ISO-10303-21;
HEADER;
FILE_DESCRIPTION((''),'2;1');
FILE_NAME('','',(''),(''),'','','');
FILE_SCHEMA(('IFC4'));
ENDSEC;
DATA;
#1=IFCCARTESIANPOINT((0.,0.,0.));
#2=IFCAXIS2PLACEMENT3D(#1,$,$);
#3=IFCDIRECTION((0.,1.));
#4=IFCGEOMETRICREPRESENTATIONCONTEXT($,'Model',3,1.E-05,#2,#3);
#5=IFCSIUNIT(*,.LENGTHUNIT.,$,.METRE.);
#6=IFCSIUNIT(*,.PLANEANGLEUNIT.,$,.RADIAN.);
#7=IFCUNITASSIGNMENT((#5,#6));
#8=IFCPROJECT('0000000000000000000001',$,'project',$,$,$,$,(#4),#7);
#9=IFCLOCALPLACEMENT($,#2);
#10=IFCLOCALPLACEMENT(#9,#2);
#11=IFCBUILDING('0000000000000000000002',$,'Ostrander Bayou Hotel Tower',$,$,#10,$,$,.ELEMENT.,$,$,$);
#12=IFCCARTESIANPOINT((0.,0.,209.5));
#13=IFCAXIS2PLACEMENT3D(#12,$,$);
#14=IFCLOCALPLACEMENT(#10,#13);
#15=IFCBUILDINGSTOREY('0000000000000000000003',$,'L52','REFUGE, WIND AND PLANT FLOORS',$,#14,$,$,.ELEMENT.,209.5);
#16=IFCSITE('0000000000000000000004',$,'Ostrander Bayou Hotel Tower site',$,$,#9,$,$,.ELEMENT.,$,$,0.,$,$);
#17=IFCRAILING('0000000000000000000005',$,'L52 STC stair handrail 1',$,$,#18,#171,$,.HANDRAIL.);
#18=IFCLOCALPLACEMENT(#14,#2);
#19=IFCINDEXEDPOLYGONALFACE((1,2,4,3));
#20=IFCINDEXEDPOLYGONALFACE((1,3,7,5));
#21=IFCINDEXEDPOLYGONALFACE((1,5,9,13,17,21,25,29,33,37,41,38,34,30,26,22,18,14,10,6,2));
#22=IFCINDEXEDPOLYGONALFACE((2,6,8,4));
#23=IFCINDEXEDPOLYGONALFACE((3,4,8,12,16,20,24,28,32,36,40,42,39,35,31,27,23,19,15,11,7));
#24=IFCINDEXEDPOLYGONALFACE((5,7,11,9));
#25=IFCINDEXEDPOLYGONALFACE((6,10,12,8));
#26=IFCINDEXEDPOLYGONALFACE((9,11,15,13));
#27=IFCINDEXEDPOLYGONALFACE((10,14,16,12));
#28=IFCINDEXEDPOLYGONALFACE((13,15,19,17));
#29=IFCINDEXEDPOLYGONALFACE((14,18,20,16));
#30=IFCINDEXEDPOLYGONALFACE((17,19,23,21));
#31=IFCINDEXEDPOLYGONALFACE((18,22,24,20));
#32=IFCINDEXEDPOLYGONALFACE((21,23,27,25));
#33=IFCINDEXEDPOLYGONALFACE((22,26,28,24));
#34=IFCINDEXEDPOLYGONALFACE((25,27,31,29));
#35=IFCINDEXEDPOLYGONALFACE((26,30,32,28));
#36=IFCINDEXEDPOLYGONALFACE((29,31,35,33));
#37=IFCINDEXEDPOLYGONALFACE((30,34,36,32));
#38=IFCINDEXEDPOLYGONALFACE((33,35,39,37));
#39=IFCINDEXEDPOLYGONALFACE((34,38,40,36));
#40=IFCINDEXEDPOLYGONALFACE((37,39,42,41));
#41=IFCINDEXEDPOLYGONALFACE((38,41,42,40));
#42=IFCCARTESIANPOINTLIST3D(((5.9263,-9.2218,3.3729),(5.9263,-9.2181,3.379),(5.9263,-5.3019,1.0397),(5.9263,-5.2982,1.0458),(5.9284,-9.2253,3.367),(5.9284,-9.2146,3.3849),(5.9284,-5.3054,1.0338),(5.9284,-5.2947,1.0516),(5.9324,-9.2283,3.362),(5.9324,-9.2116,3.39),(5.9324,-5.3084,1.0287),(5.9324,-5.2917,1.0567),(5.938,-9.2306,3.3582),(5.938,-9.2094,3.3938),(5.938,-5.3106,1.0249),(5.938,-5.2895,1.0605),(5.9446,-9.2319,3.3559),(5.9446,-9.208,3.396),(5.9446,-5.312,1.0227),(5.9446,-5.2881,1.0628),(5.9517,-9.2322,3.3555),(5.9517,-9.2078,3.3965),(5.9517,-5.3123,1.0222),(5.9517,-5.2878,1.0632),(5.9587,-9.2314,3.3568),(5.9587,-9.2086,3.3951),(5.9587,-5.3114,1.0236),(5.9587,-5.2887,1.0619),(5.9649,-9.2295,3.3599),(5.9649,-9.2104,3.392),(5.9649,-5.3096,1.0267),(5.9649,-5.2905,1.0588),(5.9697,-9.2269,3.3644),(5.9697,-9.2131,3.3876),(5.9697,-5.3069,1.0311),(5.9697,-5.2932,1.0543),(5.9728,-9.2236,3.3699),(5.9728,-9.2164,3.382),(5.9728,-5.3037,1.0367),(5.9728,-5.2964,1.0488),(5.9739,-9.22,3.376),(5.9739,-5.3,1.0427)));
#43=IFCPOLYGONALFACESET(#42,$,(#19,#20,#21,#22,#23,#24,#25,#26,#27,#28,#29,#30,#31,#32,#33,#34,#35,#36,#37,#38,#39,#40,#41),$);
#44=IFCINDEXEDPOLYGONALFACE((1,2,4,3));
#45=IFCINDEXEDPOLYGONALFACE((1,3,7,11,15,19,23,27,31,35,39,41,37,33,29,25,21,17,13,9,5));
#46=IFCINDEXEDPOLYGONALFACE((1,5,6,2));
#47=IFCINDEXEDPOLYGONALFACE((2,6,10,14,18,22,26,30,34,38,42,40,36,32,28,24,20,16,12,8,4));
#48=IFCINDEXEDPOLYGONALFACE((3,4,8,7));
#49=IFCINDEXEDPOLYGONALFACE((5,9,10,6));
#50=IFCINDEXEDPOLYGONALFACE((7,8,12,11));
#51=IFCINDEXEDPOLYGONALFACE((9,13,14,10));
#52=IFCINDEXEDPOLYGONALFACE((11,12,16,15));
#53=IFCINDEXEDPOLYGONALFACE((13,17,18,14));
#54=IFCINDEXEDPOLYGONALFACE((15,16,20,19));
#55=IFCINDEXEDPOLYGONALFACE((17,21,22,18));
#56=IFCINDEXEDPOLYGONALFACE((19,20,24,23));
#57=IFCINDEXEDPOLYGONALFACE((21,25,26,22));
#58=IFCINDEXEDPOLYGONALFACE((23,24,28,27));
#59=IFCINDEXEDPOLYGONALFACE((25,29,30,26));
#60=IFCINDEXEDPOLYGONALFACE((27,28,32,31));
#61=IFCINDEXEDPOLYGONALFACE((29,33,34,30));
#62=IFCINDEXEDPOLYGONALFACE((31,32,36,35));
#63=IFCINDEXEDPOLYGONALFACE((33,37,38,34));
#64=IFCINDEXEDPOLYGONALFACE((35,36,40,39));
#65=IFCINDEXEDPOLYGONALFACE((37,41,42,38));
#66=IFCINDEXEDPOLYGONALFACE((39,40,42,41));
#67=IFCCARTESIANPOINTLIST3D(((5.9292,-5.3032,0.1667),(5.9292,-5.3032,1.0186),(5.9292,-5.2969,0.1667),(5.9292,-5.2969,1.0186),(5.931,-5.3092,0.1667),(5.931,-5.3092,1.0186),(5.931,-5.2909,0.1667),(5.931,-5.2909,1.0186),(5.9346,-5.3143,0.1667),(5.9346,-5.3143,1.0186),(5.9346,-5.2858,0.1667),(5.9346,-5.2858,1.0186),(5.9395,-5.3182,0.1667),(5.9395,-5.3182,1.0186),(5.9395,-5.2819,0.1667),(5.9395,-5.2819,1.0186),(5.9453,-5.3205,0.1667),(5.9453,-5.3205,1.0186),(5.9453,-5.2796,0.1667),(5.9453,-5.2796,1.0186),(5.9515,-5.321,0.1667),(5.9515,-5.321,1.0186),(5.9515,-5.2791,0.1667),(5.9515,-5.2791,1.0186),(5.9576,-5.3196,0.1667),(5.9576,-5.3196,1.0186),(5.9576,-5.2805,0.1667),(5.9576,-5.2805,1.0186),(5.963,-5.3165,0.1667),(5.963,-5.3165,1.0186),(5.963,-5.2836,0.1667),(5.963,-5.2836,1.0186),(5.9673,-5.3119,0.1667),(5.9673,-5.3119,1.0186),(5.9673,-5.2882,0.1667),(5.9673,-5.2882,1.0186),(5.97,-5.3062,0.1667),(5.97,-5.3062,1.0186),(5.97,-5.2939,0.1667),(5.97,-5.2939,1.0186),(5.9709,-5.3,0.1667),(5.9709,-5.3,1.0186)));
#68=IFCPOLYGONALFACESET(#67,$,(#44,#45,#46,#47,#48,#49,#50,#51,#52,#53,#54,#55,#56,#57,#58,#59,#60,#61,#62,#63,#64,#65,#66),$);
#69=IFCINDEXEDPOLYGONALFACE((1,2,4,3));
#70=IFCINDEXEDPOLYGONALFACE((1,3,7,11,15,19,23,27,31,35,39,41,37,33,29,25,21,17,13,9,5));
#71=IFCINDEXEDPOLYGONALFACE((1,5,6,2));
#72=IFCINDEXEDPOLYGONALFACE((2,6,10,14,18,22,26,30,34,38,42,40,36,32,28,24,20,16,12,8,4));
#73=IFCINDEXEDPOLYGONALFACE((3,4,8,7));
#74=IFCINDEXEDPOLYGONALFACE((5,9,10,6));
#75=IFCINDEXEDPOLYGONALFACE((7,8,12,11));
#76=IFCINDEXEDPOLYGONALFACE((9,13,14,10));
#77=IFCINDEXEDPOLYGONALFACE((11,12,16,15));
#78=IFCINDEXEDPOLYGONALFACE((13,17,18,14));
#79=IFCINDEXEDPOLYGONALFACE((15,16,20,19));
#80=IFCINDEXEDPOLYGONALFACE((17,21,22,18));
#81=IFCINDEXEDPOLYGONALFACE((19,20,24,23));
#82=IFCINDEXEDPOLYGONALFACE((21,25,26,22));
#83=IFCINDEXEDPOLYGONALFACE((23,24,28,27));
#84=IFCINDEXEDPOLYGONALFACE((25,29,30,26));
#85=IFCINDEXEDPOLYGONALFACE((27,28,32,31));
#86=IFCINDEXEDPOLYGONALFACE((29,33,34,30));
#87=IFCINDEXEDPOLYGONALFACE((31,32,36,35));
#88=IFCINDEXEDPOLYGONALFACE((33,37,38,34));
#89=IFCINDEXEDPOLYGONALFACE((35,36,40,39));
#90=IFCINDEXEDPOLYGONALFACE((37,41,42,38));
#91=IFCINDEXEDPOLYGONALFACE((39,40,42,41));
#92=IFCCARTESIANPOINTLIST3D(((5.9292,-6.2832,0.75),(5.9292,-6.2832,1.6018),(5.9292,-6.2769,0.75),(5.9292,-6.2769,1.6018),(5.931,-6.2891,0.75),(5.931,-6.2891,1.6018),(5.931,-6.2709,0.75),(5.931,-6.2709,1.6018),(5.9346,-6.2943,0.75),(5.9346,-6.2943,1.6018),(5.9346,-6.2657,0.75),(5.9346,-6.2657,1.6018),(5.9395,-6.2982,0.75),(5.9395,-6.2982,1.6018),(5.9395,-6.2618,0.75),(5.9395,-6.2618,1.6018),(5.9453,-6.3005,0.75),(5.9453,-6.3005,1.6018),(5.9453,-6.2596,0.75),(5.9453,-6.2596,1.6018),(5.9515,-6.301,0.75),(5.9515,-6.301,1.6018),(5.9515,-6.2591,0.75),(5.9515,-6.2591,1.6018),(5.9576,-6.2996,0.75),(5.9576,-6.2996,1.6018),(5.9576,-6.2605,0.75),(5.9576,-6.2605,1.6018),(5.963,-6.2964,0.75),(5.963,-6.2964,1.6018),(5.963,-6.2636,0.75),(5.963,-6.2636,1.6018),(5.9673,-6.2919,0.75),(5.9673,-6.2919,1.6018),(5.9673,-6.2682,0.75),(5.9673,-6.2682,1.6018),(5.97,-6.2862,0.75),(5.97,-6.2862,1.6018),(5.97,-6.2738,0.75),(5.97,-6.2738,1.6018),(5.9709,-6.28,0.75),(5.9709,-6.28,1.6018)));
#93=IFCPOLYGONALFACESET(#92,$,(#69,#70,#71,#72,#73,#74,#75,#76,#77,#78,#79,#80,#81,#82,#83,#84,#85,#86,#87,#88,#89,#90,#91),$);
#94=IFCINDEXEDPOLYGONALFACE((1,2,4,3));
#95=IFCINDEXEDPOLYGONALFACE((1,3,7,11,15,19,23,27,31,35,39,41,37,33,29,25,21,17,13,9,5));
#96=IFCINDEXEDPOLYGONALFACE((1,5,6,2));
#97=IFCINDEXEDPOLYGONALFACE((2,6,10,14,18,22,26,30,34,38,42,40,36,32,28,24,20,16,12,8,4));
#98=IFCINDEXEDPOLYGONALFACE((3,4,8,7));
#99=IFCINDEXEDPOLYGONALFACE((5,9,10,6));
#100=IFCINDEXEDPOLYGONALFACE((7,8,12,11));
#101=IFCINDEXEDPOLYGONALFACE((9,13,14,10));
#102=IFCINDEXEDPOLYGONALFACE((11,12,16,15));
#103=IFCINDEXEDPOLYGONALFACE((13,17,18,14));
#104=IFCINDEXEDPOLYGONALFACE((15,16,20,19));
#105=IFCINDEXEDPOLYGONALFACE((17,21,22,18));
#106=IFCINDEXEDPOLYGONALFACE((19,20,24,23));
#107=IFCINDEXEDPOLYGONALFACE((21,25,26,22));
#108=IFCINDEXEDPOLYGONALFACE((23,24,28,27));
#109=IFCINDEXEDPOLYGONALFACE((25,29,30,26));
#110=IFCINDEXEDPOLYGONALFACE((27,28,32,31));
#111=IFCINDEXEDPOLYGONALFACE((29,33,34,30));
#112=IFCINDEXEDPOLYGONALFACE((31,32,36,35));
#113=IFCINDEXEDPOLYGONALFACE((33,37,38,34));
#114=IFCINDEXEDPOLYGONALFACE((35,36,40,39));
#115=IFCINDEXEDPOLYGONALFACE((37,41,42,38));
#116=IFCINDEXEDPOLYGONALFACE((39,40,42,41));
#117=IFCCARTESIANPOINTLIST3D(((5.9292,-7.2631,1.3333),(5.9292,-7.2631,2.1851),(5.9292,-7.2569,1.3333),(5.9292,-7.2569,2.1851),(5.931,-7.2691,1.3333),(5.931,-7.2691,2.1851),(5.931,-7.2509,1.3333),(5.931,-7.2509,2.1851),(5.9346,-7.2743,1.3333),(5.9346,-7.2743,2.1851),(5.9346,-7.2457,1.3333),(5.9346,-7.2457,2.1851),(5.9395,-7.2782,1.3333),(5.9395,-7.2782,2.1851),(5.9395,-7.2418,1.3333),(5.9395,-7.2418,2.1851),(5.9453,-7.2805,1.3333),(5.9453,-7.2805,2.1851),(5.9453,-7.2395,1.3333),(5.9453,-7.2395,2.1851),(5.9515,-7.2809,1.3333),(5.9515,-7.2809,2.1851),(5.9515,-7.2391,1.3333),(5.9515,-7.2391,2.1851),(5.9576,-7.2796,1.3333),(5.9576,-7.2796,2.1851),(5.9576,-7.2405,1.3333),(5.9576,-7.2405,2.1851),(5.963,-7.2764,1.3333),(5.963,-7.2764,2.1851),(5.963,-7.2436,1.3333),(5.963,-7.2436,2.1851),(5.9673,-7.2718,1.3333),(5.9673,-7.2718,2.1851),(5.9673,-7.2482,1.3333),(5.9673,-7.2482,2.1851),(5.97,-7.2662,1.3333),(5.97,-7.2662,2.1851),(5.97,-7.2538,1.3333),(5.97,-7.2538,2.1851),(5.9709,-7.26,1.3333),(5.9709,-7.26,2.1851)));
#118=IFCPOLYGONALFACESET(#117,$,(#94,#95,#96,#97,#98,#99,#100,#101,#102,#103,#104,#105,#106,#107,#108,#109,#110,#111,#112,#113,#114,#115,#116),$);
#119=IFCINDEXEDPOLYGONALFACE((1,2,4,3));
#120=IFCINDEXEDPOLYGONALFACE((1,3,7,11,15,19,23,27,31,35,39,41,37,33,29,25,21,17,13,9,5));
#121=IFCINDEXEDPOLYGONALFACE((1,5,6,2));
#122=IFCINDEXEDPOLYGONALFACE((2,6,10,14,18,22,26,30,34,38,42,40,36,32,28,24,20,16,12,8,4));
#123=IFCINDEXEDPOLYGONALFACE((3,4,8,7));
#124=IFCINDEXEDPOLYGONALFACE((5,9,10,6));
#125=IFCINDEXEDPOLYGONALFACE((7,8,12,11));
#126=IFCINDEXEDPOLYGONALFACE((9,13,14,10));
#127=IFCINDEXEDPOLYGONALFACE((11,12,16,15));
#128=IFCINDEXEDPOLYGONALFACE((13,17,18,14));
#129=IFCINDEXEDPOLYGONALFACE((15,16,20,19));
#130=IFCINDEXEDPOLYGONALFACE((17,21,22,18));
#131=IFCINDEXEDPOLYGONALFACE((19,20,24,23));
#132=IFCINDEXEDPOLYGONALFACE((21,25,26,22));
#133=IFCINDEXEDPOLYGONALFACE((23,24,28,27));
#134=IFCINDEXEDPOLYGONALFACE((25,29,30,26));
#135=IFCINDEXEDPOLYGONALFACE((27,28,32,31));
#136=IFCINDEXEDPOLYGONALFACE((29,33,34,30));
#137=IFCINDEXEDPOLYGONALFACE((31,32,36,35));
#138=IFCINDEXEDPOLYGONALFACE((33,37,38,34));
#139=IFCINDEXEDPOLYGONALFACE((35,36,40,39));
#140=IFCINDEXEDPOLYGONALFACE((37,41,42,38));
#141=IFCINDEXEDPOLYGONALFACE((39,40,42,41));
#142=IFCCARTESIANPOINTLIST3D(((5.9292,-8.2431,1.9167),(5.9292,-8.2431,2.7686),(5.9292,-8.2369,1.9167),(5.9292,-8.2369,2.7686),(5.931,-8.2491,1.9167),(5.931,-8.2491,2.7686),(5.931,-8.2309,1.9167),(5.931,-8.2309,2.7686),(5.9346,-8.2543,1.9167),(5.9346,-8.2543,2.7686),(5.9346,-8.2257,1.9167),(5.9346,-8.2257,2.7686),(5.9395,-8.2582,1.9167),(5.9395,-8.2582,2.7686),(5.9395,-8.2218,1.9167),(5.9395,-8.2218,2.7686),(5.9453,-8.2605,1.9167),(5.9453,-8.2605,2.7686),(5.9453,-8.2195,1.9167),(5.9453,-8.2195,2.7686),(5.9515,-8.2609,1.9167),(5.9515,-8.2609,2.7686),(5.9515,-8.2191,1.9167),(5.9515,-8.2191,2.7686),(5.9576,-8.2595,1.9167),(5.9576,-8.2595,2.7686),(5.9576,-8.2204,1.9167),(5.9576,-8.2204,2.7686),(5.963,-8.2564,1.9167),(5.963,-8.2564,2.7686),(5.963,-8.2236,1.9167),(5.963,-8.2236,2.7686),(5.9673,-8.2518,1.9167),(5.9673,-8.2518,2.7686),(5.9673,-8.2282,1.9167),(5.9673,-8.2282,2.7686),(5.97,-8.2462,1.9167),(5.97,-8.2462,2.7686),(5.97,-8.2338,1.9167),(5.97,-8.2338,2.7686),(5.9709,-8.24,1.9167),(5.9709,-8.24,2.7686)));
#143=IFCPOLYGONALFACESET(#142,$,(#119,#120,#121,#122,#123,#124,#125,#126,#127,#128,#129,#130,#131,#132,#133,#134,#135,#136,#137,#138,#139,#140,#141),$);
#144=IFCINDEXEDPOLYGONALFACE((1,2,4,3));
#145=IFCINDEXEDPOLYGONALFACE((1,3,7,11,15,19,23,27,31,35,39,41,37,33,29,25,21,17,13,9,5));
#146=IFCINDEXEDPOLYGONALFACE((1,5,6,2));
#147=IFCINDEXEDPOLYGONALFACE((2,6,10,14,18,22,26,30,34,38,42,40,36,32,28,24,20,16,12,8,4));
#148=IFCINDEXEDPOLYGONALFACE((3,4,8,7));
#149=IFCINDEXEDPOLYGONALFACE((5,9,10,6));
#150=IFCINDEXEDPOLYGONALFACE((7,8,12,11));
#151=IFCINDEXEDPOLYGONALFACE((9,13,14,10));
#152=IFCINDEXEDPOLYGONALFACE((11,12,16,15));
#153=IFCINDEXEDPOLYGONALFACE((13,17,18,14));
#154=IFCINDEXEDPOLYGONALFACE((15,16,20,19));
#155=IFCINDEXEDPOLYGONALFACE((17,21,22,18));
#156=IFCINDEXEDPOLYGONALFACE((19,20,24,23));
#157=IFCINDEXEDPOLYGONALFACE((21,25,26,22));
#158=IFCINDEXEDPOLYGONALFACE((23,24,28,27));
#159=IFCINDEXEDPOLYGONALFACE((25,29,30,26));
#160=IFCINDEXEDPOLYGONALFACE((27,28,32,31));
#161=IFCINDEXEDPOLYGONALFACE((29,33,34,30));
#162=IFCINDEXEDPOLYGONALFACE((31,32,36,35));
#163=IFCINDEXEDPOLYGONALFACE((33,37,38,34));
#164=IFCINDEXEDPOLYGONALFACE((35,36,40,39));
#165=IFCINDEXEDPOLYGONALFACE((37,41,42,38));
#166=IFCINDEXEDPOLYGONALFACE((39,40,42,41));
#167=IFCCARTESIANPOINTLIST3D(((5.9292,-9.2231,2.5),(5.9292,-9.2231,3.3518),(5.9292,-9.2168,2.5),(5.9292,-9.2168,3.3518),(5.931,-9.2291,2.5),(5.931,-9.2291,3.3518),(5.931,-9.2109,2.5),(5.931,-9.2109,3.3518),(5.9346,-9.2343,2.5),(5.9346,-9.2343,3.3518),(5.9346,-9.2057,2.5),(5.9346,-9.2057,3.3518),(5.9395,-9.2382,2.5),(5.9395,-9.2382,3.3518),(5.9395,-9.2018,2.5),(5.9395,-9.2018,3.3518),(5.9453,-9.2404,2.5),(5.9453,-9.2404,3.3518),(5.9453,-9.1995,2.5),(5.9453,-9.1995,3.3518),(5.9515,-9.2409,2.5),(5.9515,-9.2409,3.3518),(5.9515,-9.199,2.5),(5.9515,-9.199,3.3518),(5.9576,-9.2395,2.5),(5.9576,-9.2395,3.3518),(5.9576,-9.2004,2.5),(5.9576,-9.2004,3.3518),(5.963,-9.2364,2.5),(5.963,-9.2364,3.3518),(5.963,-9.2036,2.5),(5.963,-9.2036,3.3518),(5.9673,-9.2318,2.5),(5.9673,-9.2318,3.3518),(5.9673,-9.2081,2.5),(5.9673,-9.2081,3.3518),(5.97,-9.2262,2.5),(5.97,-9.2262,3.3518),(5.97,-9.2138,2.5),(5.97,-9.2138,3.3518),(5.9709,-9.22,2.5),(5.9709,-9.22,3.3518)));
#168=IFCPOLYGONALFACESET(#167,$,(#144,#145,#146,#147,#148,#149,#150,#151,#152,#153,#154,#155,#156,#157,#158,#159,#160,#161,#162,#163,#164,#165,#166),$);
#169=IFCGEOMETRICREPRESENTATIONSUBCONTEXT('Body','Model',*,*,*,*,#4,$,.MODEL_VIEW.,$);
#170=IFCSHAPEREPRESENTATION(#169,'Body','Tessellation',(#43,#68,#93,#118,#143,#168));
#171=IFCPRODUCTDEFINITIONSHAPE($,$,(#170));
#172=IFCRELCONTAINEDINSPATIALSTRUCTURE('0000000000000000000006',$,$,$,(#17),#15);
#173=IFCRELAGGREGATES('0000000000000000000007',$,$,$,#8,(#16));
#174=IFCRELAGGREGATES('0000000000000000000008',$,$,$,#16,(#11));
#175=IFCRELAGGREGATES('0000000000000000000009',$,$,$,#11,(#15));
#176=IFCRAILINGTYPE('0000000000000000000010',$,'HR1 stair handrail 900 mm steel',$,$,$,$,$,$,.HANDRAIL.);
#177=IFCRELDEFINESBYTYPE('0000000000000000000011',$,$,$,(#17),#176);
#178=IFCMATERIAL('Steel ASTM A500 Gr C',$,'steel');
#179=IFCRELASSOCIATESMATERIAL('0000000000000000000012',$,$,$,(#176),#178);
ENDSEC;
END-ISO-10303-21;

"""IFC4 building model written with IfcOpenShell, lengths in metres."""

from ifc_helpers import new_model, si_unit, direction, frame, origin, origin_2d, place, context, subcontext, project, spatial, circle, extrude, material, type_object, element, save


model = new_model("IFC4")

# Units and contexts
model_context = context("Model", 3, precision=1e-05, world=origin(), true_north=direction((0.0, 1.0)))
body_context = subcontext(model_context, "Body", "Model", "MODEL_VIEW")
ifc_project = project(units=[si_unit("LENGTHUNIT", "METRE"), si_unit("PLANEANGLEUNIT", "RADIAN")], contexts=[model_context])

# Site, building, storey
site_placement = place(None, origin())
site = spatial("IfcSite", under=ifc_project, at=site_placement, Name="Ostrander Bayou Hotel Tower site", CompositionType="ELEMENT", RefElevation=0.0)
building_placement = place(site_placement, origin())
building = spatial("IfcBuilding", under=site, at=building_placement, Name="Ostrander Bayou Hotel Tower", CompositionType="ELEMENT")
storey_placement = place(building_placement, frame((0.0, 0.0, 209.5)))
storey = spatial("IfcBuildingStorey", under=building, at=storey_placement, Name="L52", Description="REFUGE, WIND AND PLANT FLOORS", CompositionType="ELEMENT", Elevation=209.5)

# Railing
ifc_material_1 = material(Name="Steel ASTM A500 Gr C", Category="steel")
railing_type_1 = type_object("IfcRailingType", Name="HR1 stair handrail 900 mm steel", PredefinedType="HANDRAIL", material=ifc_material_1)
railing_1_placement = place(storey_placement, frame((5.95, -5.3, 0.1667)))
element("IfcRailing", 1, at=railing_1_placement, inside=storey, type_object=railing_type_1, Name="L52 STC stair handrail 1", PredefinedType="HANDRAIL", context=body_context, shape_type="SweptSolid", body=[
    extrude(circle(Radius=0.0239, at=origin_2d()), frame((0.0, 0.0, 0.876), z_axis=(0.0, -0.859296, 0.511478), x_axis=(1.0, 0.0, 0.0)), (0.0, 0.0, 1.0), 4.5618),
    extrude(circle(Radius=0.021, at=origin_2d()), origin(), (0.0, 0.0, 1.0), 0.8518),
    extrude(circle(Radius=0.021, at=origin_2d()), frame((0.0, -0.98, 0.5833)), (0.0, 0.0, 1.0), 0.8518),
    extrude(circle(Radius=0.021, at=origin_2d()), frame((0.0, -1.96, 1.1665)), (0.0, 0.0, 1.0), 0.8518),
    extrude(circle(Radius=0.021, at=origin_2d()), frame((0.0, -2.9399, 1.75)), (0.0, 0.0, 1.0), 0.8518),
    extrude(circle(Radius=0.021, at=origin_2d()), frame((0.0, -3.9199, 2.3333)), (0.0, 0.0, 1.0), 0.8518),
])

save(model, "model.ifc")
